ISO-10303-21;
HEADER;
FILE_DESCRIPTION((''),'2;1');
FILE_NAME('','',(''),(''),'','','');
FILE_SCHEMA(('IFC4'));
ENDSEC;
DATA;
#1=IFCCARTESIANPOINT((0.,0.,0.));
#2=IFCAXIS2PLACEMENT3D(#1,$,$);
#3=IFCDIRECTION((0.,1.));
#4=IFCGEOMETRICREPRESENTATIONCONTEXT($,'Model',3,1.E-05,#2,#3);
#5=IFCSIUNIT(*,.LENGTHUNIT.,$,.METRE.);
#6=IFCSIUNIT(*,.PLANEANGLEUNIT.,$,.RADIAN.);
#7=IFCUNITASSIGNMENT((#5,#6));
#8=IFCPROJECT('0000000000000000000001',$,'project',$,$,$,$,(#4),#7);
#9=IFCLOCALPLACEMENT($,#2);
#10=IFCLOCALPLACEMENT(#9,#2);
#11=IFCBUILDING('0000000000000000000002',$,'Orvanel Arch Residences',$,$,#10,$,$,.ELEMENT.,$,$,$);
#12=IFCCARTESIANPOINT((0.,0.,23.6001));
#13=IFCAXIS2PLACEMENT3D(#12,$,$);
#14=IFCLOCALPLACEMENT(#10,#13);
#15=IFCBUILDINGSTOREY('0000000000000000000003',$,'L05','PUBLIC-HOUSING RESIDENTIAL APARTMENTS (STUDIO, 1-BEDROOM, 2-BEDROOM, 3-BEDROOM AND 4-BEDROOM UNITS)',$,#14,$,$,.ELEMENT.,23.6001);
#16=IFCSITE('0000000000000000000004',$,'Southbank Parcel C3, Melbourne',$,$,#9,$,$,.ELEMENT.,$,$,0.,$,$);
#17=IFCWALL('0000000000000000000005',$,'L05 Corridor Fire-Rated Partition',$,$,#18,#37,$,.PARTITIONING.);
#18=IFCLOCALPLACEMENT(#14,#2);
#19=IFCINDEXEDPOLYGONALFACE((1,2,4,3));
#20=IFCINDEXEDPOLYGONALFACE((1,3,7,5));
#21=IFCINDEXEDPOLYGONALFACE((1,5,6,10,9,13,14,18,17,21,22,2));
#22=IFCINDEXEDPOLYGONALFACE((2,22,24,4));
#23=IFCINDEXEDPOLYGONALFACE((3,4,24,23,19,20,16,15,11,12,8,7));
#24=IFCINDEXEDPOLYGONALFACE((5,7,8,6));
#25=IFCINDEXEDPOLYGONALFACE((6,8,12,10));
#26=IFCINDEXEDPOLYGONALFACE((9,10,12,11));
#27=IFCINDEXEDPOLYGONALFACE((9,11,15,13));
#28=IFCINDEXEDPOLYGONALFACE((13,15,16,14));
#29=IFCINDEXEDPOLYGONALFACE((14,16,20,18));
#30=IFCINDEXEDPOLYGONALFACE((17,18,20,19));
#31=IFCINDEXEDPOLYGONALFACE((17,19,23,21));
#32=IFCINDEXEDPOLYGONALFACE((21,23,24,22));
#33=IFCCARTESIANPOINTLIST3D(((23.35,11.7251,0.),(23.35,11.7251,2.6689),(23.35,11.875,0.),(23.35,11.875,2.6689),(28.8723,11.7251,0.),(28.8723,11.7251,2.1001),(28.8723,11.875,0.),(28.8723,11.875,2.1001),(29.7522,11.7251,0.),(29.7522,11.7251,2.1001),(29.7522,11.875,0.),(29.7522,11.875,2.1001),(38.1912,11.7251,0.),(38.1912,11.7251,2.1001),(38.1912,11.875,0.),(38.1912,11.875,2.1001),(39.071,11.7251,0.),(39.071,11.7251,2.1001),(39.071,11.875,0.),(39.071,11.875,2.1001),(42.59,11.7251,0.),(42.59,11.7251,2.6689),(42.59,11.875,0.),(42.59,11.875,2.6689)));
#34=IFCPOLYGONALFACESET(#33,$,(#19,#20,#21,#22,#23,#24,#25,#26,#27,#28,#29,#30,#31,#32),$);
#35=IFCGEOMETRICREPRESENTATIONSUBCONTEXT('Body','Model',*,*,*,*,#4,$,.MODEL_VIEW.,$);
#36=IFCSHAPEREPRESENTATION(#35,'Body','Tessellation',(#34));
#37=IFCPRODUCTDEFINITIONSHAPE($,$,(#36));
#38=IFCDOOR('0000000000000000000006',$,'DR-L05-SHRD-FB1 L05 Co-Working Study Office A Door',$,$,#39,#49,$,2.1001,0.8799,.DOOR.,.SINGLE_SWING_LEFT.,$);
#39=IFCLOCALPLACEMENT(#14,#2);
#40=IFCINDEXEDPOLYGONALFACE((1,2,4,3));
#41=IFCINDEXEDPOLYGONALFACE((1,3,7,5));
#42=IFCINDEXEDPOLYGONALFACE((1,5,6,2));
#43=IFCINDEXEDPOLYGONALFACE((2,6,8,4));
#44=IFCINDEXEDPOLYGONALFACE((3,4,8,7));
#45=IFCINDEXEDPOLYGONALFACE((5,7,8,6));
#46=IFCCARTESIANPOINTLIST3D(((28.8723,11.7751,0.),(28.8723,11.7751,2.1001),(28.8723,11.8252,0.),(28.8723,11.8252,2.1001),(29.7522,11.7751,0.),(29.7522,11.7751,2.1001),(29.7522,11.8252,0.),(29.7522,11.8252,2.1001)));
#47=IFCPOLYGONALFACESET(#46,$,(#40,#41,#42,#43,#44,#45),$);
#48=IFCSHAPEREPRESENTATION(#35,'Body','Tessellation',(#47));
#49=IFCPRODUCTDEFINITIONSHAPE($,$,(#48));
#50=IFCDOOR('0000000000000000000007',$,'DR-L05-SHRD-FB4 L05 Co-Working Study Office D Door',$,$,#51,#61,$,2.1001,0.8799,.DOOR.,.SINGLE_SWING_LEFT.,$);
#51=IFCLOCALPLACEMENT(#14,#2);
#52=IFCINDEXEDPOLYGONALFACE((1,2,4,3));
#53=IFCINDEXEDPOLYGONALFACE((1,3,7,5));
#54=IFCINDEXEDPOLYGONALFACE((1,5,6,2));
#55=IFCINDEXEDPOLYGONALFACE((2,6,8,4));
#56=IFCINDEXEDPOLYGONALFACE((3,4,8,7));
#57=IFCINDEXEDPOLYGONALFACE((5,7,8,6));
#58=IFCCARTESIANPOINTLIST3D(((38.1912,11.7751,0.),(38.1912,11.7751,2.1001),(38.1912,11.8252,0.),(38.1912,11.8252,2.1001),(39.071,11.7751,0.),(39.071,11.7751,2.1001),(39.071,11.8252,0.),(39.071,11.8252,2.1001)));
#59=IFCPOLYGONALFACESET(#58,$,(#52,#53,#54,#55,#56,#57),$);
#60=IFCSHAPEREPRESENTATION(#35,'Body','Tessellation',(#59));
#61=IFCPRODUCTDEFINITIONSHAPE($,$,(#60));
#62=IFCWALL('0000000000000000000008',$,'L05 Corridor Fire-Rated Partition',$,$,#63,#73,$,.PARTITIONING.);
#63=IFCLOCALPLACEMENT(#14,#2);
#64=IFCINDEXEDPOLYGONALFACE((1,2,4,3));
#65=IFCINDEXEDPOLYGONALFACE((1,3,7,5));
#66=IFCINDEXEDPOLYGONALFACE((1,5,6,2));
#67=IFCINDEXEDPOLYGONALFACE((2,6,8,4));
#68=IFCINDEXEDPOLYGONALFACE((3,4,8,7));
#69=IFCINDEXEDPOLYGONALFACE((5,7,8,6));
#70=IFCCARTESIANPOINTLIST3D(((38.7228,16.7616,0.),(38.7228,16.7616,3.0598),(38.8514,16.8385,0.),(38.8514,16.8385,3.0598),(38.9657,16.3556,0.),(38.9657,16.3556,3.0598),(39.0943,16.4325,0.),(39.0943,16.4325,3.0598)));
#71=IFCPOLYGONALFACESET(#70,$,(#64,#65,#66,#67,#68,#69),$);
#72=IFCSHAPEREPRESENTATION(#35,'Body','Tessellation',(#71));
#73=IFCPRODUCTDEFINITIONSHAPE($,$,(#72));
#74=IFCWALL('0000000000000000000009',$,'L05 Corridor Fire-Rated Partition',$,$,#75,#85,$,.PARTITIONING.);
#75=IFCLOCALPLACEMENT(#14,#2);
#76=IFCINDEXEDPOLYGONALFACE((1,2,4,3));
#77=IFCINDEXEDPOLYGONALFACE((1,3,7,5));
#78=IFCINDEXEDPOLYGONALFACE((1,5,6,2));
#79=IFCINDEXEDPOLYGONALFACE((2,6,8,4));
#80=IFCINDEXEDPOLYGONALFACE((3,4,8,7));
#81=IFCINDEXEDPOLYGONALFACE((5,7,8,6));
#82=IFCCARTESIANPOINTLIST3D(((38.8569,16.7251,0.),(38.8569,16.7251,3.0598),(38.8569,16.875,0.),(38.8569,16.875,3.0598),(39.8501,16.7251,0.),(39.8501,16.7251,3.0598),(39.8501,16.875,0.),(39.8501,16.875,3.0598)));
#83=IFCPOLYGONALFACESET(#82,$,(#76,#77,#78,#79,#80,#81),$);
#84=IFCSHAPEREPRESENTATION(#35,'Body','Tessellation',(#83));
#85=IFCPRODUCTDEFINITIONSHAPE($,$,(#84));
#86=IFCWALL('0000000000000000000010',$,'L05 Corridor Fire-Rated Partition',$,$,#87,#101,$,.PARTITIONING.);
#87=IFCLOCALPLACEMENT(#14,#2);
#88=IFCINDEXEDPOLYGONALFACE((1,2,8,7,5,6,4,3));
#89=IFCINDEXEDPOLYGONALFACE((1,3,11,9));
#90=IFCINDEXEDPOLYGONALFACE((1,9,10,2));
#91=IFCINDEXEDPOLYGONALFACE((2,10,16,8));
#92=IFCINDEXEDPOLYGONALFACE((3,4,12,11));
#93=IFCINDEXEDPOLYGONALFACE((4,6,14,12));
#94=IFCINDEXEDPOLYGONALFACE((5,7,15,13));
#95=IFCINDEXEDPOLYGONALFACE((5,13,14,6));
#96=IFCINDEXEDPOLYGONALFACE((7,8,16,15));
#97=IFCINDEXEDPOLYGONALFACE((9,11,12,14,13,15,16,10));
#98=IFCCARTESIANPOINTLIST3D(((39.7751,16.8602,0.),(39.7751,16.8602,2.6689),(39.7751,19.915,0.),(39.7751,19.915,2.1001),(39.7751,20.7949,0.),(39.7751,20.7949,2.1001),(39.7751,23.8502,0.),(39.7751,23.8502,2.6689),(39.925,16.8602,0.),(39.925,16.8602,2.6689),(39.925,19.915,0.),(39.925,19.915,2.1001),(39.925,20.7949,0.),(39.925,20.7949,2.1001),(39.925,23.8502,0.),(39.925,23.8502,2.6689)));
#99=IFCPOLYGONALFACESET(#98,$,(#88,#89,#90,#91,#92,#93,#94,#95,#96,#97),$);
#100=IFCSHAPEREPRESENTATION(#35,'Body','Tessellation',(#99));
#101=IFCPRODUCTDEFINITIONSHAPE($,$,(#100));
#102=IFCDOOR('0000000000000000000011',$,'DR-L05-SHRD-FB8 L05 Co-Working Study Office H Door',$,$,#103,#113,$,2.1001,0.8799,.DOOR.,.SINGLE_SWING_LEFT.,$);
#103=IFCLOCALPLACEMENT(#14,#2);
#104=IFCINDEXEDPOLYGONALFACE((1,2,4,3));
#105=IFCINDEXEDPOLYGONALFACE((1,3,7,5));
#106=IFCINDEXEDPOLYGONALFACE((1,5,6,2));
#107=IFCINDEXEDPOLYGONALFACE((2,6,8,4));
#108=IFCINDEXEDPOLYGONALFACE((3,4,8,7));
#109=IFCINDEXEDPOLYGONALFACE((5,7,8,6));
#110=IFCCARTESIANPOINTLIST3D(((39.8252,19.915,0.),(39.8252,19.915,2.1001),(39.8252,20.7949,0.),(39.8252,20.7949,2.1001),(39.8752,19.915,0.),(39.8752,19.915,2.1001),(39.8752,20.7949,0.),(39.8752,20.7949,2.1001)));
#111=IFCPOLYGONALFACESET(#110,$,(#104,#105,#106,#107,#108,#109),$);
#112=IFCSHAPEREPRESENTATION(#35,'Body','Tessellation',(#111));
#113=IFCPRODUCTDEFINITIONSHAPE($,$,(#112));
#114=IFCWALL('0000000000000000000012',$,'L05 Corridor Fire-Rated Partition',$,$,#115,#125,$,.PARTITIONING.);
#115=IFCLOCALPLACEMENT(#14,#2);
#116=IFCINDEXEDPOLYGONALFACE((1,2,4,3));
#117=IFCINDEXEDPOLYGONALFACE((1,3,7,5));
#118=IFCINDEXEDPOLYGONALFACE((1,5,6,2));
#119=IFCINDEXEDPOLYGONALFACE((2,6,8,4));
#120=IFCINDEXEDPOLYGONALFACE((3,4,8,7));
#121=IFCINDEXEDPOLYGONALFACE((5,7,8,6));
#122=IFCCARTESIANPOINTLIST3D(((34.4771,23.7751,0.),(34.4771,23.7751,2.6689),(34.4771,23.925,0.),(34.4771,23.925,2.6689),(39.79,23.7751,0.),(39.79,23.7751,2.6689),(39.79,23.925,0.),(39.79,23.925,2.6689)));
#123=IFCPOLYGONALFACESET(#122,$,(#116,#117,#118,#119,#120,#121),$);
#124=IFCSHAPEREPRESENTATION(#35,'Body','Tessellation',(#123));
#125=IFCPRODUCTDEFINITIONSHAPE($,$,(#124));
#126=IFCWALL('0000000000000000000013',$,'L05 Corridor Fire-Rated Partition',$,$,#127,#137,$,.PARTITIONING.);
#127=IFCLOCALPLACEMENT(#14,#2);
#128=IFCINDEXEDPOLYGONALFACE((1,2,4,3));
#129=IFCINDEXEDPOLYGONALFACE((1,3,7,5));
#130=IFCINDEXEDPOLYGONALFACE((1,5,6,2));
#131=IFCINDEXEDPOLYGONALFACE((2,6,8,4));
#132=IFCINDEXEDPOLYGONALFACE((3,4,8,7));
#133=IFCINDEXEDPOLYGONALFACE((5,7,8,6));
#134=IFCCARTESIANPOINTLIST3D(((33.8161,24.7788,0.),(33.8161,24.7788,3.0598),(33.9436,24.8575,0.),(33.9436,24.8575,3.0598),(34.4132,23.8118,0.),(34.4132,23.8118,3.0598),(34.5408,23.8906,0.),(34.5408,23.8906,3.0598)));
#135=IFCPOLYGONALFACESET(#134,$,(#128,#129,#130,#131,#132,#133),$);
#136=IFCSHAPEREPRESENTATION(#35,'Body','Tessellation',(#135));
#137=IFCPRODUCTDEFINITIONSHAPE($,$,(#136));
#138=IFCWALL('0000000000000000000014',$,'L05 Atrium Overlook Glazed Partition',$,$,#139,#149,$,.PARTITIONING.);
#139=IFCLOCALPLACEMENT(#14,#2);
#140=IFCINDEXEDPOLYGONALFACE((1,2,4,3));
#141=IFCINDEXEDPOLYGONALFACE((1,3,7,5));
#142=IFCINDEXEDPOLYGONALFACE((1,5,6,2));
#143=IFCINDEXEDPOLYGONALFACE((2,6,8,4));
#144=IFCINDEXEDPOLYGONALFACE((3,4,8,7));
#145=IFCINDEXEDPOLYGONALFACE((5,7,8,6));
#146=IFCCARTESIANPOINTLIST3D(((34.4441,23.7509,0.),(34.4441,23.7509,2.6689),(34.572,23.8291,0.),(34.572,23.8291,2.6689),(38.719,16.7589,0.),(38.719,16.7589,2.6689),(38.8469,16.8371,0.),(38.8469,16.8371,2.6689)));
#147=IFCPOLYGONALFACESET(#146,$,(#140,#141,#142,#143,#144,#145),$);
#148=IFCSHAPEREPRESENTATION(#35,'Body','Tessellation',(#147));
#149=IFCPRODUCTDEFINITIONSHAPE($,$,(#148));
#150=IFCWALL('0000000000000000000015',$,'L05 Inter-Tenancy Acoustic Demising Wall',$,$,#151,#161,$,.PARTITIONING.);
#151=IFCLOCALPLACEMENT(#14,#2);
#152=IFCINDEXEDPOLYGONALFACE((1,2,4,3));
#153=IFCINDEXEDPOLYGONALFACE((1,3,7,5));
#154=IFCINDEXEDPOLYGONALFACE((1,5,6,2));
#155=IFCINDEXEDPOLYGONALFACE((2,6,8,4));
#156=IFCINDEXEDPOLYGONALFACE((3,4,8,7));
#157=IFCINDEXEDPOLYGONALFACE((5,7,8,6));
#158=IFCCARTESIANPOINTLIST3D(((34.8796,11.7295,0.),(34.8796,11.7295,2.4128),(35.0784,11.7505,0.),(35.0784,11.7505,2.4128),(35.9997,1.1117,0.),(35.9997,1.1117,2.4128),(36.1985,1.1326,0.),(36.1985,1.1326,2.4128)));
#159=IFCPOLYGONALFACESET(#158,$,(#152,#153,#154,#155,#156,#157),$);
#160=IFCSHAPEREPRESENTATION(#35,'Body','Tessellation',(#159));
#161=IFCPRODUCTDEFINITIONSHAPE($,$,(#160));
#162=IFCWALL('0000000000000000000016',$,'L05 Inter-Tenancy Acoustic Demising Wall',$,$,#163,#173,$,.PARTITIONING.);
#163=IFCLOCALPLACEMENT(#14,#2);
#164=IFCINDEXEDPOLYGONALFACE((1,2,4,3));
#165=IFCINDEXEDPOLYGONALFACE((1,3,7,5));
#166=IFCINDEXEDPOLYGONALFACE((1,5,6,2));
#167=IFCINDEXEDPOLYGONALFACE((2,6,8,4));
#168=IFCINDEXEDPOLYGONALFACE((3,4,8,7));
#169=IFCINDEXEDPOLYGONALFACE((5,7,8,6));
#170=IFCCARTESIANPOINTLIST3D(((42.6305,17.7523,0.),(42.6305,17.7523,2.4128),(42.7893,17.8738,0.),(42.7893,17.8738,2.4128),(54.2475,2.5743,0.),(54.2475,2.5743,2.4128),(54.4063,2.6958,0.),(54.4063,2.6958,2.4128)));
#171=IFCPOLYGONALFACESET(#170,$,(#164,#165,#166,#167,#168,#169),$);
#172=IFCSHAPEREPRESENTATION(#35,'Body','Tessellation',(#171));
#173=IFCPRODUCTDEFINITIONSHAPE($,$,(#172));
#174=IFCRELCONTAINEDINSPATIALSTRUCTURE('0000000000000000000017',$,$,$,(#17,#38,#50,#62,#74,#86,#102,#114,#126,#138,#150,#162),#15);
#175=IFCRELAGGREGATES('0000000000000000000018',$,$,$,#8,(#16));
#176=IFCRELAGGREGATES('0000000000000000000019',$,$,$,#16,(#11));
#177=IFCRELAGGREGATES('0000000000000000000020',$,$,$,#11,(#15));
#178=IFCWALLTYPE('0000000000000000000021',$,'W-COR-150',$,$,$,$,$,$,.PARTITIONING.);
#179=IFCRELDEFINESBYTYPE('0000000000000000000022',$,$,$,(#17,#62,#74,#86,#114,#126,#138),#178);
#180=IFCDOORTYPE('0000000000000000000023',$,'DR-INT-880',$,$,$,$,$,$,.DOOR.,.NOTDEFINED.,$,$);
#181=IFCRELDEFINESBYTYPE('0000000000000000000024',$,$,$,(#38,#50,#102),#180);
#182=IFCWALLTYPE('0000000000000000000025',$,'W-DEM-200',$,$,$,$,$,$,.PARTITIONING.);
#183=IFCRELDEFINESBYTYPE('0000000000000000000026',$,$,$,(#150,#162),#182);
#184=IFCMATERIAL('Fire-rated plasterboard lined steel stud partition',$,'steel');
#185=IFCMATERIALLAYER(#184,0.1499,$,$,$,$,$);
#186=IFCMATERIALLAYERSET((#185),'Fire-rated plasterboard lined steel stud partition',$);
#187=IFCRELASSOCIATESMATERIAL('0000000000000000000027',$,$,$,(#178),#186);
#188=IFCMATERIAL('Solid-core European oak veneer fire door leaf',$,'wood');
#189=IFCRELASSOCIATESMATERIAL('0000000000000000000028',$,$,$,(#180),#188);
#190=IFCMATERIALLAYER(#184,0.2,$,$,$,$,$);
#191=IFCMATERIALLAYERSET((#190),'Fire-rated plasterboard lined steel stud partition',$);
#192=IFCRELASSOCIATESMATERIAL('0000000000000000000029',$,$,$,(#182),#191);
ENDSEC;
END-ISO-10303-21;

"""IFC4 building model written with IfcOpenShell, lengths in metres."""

from ifc_helpers import new_model, si_unit, direction, frame, frame_2d, origin, place, context, subcontext, project, spatial, rectangle, extrude, material, layer, layer_set, type_object, element, fill, save


model = new_model("IFC4")

# Units and contexts
model_context = context("Model", 3, precision=1e-05, world=origin(), true_north=direction((0.0, 1.0)))
body_context = subcontext(model_context, "Body", "Model", "MODEL_VIEW")
ifc_project = project(units=[si_unit("LENGTHUNIT", "METRE"), si_unit("PLANEANGLEUNIT", "RADIAN")], contexts=[model_context])

# Site, building, storey
site_placement = place(None, origin())
site = spatial("IfcSite", under=ifc_project, at=site_placement, Name="Southbank Parcel C3, Melbourne", CompositionType="ELEMENT", RefElevation=0.0)
building_placement = place(site_placement, origin())
building = spatial("IfcBuilding", under=site, at=building_placement, Name="Orvanel Arch Residences", CompositionType="ELEMENT")
storey_placement = place(building_placement, frame((0.0, 0.0, 23.6001)))
storey = spatial("IfcBuildingStorey", under=building, at=storey_placement, Name="L05", Description="PUBLIC-HOUSING RESIDENTIAL APARTMENTS (STUDIO, 1-BEDROOM, 2-BEDROOM, 3-BEDROOM AND 4-BEDROOM UNITS)", CompositionType="ELEMENT", Elevation=23.6001)

# Wall, openings, doors
ifc_material_1 = material(Name="Fire-rated plasterboard lined steel stud partition", Category="steel")
ifc_layer_1 = layer(ifc_material_1, 0.1499)
ifc_layer_set_1 = layer_set([ifc_layer_1], Name="Fire-rated plasterboard lined steel stud partition")
wall_type_1 = type_object("IfcWallType", Name="W-COR-150", PredefinedType="PARTITIONING", material=ifc_layer_set_1)
wall_1_placement = place(storey_placement, frame((42.5901, 11.8, 0.0), z_axis=(0.0, 0.0, 1.0), x_axis=(-1.0, 0.0, 0.0)))
wall_1 = element("IfcWall", 1, at=wall_1_placement, inside=storey, type_object=wall_type_1, Name="L05 Corridor Fire-Rated Partition", PredefinedType="PARTITIONING", context=body_context, shape_type="SweptSolid", body=[
    extrude(rectangle(XDim=19.24, YDim=0.1499, at=frame_2d((9.6201, 0.0))), origin(), (0.0, 0.0, 1.0), 2.6689),
])
opening_1_placement = place(wall_1_placement, frame((12.8379, 0.0, 0.0)))
opening_1 = element("IfcOpeningElement", 2, at=opening_1_placement, cuts=wall_1, PredefinedType="OPENING", context=body_context, shape_type="SweptSolid", body=[
    extrude(rectangle(XDim=0.8799, YDim=2.1001, at=frame_2d((0.4399, 1.05))), frame((0.0, 0.085, 0.0), z_axis=(0.0, -1.0, 0.0), x_axis=(1.0, 0.0, 0.0)), (0.0, 0.0, 1.0), 0.1699),
])
opening_2_placement = place(wall_1_placement, frame((3.519, 0.0, 0.0)))
opening_2 = element("IfcOpeningElement", 3, at=opening_2_placement, cuts=wall_1, PredefinedType="OPENING", context=body_context, shape_type="SweptSolid", body=[
    extrude(rectangle(XDim=0.8799, YDim=2.1001, at=frame_2d((0.4399, 1.05))), frame((0.0, 0.085, 0.0), z_axis=(0.0, -1.0, 0.0), x_axis=(1.0, 0.0, 0.0)), (0.0, 0.0, 1.0), 0.1699),
])
ifc_material_2 = material(Name="Solid-core European oak veneer fire door leaf", Category="wood")
door_type_1 = type_object("IfcDoorType", Name="DR-INT-880", OperationType="NOTDEFINED", PredefinedType="DOOR", material=ifc_material_2)
door_1_placement = place(opening_1_placement, origin())
door_1 = element("IfcDoor", 4, at=door_1_placement, inside=storey, type_object=door_type_1, Name="DR-L05-SHRD-FB1 L05 Co-Working Study Office A Door", OperationType="SINGLE_SWING_LEFT", OverallHeight=2.1001, OverallWidth=0.8799, PredefinedType="DOOR", context=body_context, shape_type="SweptSolid", body=[
    extrude(rectangle(XDim=0.8799, YDim=2.1001, at=frame_2d((0.4399, 1.05))), frame((0.0, 0.0249, 0.0), z_axis=(0.0, -1.0, 0.0), x_axis=(1.0, 0.0, 0.0)), (0.0, 0.0, 1.0), 0.05),
])
fill(opening_1, door_1)
door_2_placement = place(opening_2_placement, origin())
door_2 = element("IfcDoor", 5, at=door_2_placement, inside=storey, type_object=door_type_1, Name="DR-L05-SHRD-FB4 L05 Co-Working Study Office D Door", OperationType="SINGLE_SWING_LEFT", OverallHeight=2.1001, OverallWidth=0.8799, PredefinedType="DOOR", context=body_context, shape_type="SweptSolid", body=[
    extrude(rectangle(XDim=0.8799, YDim=2.1001, at=frame_2d((0.4399, 1.05))), frame((0.0, 0.0249, 0.0), z_axis=(0.0, -1.0, 0.0), x_axis=(1.0, 0.0, 0.0)), (0.0, 0.0, 1.0), 0.05),
])
fill(opening_2, door_2)

# Walls
wall_2_placement = place(storey_placement, frame((39.03, 16.394, 0.0), z_axis=(0.0, 0.0, 1.0), x_axis=(-0.513433, 0.85813, 0.0)))
element("IfcWall", 6, at=wall_2_placement, inside=storey, type_object=wall_type_1, Name="L05 Corridor Fire-Rated Partition", PredefinedType="PARTITIONING", context=body_context, shape_type="SweptSolid", body=[
    extrude(rectangle(XDim=0.4731, YDim=0.1499, at=frame_2d((0.2366, 0.0))), origin(), (0.0, 0.0, 1.0), 3.0598),
])
wall_3_placement = place(storey_placement, frame((38.8569, 16.8, 0.0), z_axis=(0.0, 0.0, 1.0), x_axis=(1.0, 0.0, 0.0)))
element("IfcWall", 7, at=wall_3_placement, inside=storey, type_object=wall_type_1, Name="L05 Corridor Fire-Rated Partition", PredefinedType="PARTITIONING", context=body_context, shape_type="SweptSolid", body=[
    extrude(rectangle(XDim=0.9932, YDim=0.1499, at=frame_2d((0.4966, 0.0))), origin(), (0.0, 0.0, 1.0), 3.0598),
])

# Wall, opening, door
wall_4_placement = place(storey_placement, frame((39.8501, 16.8601, 0.0), z_axis=(0.0, 0.0, 1.0), x_axis=(0.0, 1.0, 0.0)))
wall_4 = element("IfcWall", 8, at=wall_4_placement, inside=storey, type_object=wall_type_1, Name="L05 Corridor Fire-Rated Partition", PredefinedType="PARTITIONING", context=body_context, shape_type="SweptSolid", body=[
    extrude(rectangle(XDim=6.99, YDim=0.1499, at=frame_2d((3.4951, 0.0))), origin(), (0.0, 0.0, 1.0), 2.6689),
])
opening_3_placement = place(wall_4_placement, frame((3.0549, 0.0, 0.0)))
opening_3 = element("IfcOpeningElement", 9, at=opening_3_placement, cuts=wall_4, PredefinedType="OPENING", context=body_context, shape_type="SweptSolid", body=[
    extrude(rectangle(XDim=0.8799, YDim=2.1001, at=frame_2d((0.4399, 1.05))), frame((0.0, 0.085, 0.0), z_axis=(0.0, -1.0, 0.0), x_axis=(1.0, 0.0, 0.0)), (0.0, 0.0, 1.0), 0.1699),
])
door_3_placement = place(opening_3_placement, origin())
door_3 = element("IfcDoor", 10, at=door_3_placement, inside=storey, type_object=door_type_1, Name="DR-L05-SHRD-FB8 L05 Co-Working Study Office H Door", OperationType="SINGLE_SWING_LEFT", OverallHeight=2.1001, OverallWidth=0.8799, PredefinedType="DOOR", context=body_context, shape_type="SweptSolid", body=[
    extrude(rectangle(XDim=0.8799, YDim=2.1001, at=frame_2d((0.4399, 1.05))), frame((0.0, 0.0249, 0.0), z_axis=(0.0, -1.0, 0.0), x_axis=(1.0, 0.0, 0.0)), (0.0, 0.0, 1.0), 0.05),
])
fill(opening_3, door_3)

# Walls
wall_5_placement = place(storey_placement, frame((39.79, 23.8501, 0.0), z_axis=(0.0, 0.0, 1.0), x_axis=(-1.0, 0.0, 0.0)))
element("IfcWall", 11, at=wall_5_placement, inside=storey, type_object=wall_type_1, Name="L05 Corridor Fire-Rated Partition", PredefinedType="PARTITIONING", context=body_context, shape_type="SweptSolid", body=[
    extrude(rectangle(XDim=5.313, YDim=0.1499, at=frame_2d((2.6565, 0.0))), origin(), (0.0, 0.0, 1.0), 2.6689),
])
wall_6_placement = place(storey_placement, frame((34.4771, 23.8511, 0.0), z_axis=(0.0, 0.0, 1.0), x_axis=(-0.525415, 0.850846, 0.0)))
element("IfcWall", 12, at=wall_6_placement, inside=storey, type_object=wall_type_1, Name="L05 Corridor Fire-Rated Partition", PredefinedType="PARTITIONING", context=body_context, shape_type="SweptSolid", body=[
    extrude(rectangle(XDim=1.1365, YDim=0.1499, at=frame_2d((0.5684, 0.0))), origin(), (0.0, 0.0, 1.0), 3.0598),
])
wall_7_placement = place(storey_placement, frame((34.5081, 23.79, 0.0), z_axis=(0.0, 0.0, 1.0), x_axis=(0.521632, -0.853171, 0.0)))
element("IfcWall", 13, at=wall_7_placement, inside=storey, type_object=wall_type_1, Name="L05 Atrium Overlook Glazed Partition", PredefinedType="PARTITIONING", context=body_context, shape_type="SweptSolid", body=[
    extrude(rectangle(XDim=8.1953, YDim=0.1499, at=frame_2d((4.0977, 0.0))), origin(), (0.0, 0.0, 1.0), 2.6689),
])
ifc_layer_2 = layer(ifc_material_1, 0.2)
ifc_layer_set_2 = layer_set([ifc_layer_2], Name="Fire-rated plasterboard lined steel stud partition")
wall_type_2 = type_object("IfcWallType", Name="W-DEM-200", PredefinedType="PARTITIONING", material=ifc_layer_set_2)
wall_8_placement = place(storey_placement, frame((34.979, 11.74, 0.0), z_axis=(0.0, 0.0, 1.0), x_axis=(0.104911, -0.994482, 0.0)))
element("IfcWall", 14, at=wall_8_placement, inside=storey, type_object=wall_type_2, Name="L05 Inter-Tenancy Acoustic Demising Wall", PredefinedType="PARTITIONING", context=body_context, shape_type="SweptSolid", body=[
    extrude(rectangle(XDim=10.6768, YDim=0.2, at=frame_2d((5.3384, 0.0))), origin(), (0.0, 0.0, 1.0), 2.4128),
])
wall_9_placement = place(storey_placement, frame((42.71, 17.813, 0.0), z_axis=(0.0, 0.0, 1.0), x_axis=(0.607789, -0.794099, 0.0)))
element("IfcWall", 15, at=wall_9_placement, inside=storey, type_object=wall_type_2, Name="L05 Inter-Tenancy Acoustic Demising Wall", PredefinedType="PARTITIONING", context=body_context, shape_type="SweptSolid", body=[
    extrude(rectangle(XDim=19.1135, YDim=0.2, at=frame_2d((9.5566, 0.0))), origin(), (0.0, 0.0, 1.0), 2.4128),
])

save(model, "model.ifc")
